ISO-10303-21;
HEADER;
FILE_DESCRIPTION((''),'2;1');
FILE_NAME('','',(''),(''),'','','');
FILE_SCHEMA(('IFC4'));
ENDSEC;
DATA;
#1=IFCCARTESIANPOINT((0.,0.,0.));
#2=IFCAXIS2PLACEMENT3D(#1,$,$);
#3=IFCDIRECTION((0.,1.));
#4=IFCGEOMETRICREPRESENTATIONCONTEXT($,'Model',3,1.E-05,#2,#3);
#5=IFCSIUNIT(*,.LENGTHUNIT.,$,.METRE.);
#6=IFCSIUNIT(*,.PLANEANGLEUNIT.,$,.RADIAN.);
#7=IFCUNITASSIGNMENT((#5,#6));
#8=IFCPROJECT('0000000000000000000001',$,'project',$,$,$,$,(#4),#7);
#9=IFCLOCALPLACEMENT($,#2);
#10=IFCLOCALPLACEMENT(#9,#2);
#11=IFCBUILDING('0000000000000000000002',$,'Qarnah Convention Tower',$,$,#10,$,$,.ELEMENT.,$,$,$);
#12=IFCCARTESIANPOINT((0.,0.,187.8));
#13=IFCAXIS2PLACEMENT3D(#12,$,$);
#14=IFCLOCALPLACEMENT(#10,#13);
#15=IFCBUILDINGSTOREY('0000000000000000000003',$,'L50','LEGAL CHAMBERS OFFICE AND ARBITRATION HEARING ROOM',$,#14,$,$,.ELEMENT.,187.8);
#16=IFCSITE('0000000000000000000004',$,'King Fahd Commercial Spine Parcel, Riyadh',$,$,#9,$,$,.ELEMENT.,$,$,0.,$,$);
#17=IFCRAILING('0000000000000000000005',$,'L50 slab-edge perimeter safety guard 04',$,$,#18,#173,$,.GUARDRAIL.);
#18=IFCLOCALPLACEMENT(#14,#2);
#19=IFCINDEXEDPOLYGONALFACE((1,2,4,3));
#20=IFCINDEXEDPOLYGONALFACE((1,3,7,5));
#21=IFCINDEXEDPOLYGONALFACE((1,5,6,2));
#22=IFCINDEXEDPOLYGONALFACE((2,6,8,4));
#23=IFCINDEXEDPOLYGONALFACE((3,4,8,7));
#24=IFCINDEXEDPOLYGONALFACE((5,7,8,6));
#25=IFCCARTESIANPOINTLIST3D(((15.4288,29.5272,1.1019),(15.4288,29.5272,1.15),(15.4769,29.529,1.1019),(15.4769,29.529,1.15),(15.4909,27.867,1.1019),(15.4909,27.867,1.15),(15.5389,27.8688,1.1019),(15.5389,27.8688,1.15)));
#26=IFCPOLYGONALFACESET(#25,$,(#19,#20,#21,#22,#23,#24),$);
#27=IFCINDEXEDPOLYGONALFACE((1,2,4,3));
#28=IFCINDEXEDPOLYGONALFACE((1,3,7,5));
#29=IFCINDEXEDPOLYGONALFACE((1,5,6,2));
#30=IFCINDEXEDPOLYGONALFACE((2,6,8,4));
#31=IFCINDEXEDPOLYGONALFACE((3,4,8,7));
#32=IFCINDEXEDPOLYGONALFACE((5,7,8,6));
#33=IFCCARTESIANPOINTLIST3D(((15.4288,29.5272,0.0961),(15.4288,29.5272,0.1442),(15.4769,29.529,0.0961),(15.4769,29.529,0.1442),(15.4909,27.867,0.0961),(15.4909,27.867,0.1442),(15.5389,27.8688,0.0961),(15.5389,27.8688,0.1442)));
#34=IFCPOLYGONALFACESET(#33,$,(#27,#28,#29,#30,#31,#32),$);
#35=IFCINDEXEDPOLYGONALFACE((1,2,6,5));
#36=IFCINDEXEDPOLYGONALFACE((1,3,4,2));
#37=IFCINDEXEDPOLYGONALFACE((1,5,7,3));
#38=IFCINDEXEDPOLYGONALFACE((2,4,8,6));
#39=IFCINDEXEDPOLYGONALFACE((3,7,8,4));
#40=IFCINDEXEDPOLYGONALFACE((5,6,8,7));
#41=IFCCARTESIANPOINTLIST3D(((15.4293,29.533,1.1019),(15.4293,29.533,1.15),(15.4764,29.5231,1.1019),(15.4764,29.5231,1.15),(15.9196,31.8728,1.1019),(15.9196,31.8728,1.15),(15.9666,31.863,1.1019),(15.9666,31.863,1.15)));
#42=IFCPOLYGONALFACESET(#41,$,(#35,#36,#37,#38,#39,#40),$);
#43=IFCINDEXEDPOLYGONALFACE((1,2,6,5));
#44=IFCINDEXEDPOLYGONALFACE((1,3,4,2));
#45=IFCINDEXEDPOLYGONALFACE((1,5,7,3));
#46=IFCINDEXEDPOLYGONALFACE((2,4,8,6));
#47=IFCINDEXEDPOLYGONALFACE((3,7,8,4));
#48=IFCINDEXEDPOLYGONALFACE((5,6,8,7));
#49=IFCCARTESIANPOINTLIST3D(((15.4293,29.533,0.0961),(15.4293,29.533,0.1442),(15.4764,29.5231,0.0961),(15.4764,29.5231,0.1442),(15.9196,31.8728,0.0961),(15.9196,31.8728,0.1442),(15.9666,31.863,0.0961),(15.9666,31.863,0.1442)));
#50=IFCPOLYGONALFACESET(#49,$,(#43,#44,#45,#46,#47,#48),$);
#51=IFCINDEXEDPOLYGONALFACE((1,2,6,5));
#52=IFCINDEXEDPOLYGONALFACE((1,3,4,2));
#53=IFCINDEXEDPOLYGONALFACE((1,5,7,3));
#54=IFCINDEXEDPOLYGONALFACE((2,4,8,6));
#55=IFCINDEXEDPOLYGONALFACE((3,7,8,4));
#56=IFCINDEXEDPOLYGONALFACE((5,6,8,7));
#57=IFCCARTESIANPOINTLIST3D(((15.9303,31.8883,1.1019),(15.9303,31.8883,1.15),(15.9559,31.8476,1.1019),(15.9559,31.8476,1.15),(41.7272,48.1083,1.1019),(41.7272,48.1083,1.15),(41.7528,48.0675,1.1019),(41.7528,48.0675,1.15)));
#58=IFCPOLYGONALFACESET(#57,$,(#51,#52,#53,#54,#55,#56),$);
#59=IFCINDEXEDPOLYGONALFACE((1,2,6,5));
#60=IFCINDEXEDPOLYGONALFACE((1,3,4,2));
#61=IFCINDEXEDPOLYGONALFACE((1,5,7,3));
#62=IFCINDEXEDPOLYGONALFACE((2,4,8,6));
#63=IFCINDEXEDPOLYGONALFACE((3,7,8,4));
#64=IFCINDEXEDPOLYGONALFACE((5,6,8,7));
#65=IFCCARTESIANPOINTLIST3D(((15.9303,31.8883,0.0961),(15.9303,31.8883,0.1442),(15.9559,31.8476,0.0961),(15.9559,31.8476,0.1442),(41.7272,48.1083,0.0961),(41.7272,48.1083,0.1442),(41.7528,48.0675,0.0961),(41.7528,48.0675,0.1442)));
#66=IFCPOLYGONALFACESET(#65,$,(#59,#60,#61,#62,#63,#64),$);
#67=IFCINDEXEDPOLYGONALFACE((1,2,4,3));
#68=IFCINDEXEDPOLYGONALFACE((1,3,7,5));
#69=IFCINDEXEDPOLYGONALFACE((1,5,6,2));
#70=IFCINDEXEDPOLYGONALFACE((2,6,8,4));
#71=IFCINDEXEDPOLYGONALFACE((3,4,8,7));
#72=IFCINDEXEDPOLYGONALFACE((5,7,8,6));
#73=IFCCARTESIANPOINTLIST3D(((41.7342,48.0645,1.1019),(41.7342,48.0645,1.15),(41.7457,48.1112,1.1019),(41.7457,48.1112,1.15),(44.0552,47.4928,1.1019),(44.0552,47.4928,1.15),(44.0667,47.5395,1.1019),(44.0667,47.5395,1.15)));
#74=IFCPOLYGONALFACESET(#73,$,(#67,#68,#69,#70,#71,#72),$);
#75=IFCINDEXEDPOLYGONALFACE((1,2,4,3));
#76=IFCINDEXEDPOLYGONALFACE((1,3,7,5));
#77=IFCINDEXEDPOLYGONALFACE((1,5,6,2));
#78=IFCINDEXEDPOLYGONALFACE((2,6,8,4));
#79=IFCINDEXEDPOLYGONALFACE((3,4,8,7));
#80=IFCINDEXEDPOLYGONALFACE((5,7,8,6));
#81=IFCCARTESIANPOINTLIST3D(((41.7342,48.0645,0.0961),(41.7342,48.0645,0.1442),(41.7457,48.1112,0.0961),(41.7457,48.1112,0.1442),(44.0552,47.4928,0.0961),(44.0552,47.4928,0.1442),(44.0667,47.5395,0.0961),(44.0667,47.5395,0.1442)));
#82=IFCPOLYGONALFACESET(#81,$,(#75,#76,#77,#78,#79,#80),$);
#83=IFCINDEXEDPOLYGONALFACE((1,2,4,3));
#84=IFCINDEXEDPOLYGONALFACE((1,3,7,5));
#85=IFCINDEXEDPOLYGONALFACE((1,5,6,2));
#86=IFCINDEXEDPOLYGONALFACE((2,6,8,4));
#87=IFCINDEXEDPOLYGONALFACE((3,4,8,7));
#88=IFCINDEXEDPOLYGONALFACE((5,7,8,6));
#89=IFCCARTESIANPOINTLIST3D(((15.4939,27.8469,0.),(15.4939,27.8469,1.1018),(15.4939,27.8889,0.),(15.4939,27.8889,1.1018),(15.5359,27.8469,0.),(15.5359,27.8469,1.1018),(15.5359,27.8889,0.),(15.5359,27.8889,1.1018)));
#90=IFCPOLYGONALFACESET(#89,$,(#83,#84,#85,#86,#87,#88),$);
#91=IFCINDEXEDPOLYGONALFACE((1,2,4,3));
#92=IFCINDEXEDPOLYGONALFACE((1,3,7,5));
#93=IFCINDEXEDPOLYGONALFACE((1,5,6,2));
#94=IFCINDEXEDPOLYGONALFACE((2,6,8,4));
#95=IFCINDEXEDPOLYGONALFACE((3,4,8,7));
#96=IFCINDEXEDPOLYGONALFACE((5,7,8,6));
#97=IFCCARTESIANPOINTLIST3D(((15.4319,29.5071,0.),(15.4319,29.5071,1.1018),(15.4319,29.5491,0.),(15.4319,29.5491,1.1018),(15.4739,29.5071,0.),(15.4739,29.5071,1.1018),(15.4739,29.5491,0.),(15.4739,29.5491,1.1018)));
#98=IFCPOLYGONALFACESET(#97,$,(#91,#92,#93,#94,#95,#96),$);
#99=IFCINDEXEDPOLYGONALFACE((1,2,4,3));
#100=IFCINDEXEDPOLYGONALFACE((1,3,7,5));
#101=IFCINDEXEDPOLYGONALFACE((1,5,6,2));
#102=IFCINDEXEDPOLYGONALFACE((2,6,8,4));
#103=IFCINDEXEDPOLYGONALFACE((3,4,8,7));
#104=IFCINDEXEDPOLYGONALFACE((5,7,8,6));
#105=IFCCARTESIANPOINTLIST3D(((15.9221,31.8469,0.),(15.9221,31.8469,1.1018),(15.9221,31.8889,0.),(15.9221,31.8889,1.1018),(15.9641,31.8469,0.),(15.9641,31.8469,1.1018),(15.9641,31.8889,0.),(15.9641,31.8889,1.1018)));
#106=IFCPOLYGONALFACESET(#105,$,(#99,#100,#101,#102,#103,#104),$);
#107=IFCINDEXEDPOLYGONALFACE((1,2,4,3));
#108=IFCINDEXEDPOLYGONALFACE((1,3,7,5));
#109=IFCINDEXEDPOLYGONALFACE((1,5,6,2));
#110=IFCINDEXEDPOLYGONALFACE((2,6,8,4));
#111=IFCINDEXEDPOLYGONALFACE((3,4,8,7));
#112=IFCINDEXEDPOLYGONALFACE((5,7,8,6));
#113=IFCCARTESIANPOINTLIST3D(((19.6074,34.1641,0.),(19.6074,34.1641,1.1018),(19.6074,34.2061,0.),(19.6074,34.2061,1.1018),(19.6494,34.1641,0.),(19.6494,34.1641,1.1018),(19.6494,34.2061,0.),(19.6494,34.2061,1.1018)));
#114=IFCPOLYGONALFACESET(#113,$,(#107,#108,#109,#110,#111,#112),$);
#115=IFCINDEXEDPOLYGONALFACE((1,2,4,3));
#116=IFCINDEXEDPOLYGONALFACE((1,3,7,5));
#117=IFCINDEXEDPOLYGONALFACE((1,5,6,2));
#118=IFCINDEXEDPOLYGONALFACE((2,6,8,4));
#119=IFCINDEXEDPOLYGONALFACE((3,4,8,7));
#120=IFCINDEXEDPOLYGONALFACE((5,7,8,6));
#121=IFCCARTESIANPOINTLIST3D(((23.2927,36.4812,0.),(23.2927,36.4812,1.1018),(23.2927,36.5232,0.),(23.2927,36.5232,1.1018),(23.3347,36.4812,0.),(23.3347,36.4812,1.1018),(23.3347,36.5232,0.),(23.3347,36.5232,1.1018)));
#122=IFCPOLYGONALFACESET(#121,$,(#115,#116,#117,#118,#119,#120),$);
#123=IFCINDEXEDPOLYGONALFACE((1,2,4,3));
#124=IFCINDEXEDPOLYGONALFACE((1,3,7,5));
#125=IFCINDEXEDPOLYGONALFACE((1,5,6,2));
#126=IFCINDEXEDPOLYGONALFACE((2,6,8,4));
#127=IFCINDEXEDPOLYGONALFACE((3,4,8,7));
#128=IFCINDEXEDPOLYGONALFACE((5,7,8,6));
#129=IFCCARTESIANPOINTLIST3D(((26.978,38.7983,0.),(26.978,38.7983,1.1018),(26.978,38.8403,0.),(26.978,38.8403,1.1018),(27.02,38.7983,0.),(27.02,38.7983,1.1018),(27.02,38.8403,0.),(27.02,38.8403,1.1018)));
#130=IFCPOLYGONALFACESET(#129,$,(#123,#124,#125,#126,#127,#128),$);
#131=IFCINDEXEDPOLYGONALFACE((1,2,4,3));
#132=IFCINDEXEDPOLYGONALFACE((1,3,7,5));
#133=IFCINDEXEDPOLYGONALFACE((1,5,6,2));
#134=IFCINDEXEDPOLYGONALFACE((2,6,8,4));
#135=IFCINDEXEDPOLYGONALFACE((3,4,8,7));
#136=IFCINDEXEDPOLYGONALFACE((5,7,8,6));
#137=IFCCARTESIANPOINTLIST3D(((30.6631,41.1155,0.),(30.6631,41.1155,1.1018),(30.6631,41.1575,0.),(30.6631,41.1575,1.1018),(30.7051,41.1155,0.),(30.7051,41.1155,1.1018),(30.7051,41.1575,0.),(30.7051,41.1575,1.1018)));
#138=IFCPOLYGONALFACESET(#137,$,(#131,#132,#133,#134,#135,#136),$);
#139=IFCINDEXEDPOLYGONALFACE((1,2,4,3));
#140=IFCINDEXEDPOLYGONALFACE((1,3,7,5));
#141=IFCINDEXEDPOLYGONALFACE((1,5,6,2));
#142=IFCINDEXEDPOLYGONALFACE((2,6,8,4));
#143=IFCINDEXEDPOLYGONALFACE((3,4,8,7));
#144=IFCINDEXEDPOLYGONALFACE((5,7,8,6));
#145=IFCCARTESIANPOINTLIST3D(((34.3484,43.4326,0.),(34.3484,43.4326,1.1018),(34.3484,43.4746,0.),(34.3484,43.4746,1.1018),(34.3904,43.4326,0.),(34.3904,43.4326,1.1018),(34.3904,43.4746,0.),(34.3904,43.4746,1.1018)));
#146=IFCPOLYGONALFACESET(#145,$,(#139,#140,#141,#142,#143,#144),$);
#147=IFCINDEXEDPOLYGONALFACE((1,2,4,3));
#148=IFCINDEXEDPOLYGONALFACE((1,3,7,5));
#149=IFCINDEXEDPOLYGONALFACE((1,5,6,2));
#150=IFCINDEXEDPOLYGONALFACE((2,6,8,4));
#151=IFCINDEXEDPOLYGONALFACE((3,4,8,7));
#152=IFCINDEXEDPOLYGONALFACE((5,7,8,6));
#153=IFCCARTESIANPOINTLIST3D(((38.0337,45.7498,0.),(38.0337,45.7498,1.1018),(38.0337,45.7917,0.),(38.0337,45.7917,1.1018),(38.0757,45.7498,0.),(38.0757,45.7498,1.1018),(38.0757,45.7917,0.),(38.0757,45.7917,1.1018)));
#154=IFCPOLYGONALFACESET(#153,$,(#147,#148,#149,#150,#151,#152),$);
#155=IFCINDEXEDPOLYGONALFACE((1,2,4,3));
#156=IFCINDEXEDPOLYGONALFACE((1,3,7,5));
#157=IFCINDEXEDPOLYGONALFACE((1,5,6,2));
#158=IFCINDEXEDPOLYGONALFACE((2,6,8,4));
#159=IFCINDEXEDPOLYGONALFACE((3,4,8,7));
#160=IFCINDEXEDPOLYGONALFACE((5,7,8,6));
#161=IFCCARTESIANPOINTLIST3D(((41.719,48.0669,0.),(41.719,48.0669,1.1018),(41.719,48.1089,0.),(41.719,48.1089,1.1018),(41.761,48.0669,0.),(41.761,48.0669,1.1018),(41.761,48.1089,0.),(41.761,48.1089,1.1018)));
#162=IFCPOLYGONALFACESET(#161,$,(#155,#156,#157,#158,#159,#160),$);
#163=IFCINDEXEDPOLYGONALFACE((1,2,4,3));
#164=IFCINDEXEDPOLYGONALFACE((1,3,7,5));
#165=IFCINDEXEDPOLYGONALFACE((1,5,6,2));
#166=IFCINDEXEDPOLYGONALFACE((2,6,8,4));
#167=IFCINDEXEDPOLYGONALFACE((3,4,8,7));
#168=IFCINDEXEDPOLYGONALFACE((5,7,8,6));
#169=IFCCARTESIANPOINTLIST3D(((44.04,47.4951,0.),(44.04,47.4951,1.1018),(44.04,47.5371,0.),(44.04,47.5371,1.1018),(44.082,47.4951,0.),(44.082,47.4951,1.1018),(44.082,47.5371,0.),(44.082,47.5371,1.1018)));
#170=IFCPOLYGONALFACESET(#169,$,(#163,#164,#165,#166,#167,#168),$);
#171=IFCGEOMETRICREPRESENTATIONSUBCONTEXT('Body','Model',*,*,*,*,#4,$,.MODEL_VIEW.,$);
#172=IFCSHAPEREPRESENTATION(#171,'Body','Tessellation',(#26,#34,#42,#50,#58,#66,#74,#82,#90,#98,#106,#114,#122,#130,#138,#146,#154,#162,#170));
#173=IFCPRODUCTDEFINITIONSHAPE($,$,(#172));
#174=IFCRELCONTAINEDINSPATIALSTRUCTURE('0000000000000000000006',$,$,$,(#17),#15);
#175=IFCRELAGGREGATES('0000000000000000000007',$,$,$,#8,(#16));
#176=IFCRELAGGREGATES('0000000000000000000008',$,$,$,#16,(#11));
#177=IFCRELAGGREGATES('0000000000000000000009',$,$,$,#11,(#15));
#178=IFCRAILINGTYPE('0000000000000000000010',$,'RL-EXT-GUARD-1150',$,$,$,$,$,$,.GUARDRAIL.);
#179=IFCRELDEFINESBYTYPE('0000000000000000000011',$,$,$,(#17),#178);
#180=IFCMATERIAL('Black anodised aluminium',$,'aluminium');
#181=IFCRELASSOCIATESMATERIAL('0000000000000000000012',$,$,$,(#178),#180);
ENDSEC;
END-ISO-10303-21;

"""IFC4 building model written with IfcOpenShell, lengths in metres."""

from ifc_helpers import new_model, si_unit, direction, frame, origin, origin_2d, place, context, subcontext, project, spatial, rectangle, extrude, material, type_object, element, save


model = new_model("IFC4")

# Units and contexts
model_context = context("Model", 3, precision=1e-05, world=origin(), true_north=direction((0.0, 1.0)))
body_context = subcontext(model_context, "Body", "Model", "MODEL_VIEW")
ifc_project = project(units=[si_unit("LENGTHUNIT", "METRE"), si_unit("PLANEANGLEUNIT", "RADIAN")], contexts=[model_context])

# Site, building, storey
site_placement = place(None, origin())
site = spatial("IfcSite", under=ifc_project, at=site_placement, Name="King Fahd Commercial Spine Parcel, Riyadh", CompositionType="ELEMENT", RefElevation=0.0)
building_placement = place(site_placement, origin())
building = spatial("IfcBuilding", under=site, at=building_placement, Name="Qarnah Convention Tower", CompositionType="ELEMENT")
storey_placement = place(building_placement, frame((0.0, 0.0, 187.8)))
storey = spatial("IfcBuildingStorey", under=building, at=storey_placement, Name="L50", Description="LEGAL CHAMBERS OFFICE AND ARBITRATION HEARING ROOM", CompositionType="ELEMENT", Elevation=187.8)

# Shared definitions
ifc_material_1 = material(Name="Black anodised aluminium", Category="aluminium")

# Railing
railing_type = type_object("IfcRailingType", Name="RL-EXT-GUARD-1150", PredefinedType="GUARDRAIL", material=ifc_material_1)
railing_placement = place(storey_placement, frame((15.5149, 27.8679, 0.0)))
element("IfcRailing", 1, at=railing_placement, inside=storey, type_object=railing_type, Name="L50 slab-edge perimeter safety guard 04", PredefinedType="GUARDRAIL", context=body_context, shape_type="SweptSolid", body=[
    extrude(rectangle(XDim=0.0481, YDim=0.0481, at=origin_2d()), frame((0.0, 0.0, 1.126), z_axis=(-0.037327, 0.999303, 0.0), x_axis=(-0.999303, -0.037327, 0.0)), (0.0, 0.0, 1.0), 1.6614),
    extrude(rectangle(XDim=0.0481, YDim=0.0481, at=origin_2d()), frame((0.0, 0.0, 0.1201), z_axis=(-0.037327, 0.999303, 0.0), x_axis=(-0.999303, -0.037327, 0.0)), (0.0, 0.0, 1.0), 1.6614),
    extrude(rectangle(XDim=0.0481, YDim=0.0481, at=origin_2d()), frame((-0.062, 1.6602, 1.126), z_axis=(0.205063, 0.978749, 0.0), x_axis=(-0.978749, 0.205063, 0.0)), (0.0, 0.0, 1.0), 2.3906),
    extrude(rectangle(XDim=0.0481, YDim=0.0481, at=origin_2d()), frame((-0.062, 1.6602, 0.1201), z_axis=(0.205063, 0.978749, 0.0), x_axis=(-0.978749, 0.205063, 0.0)), (0.0, 0.0, 1.0), 2.3906),
    extrude(rectangle(XDim=0.0481, YDim=0.0481, at=origin_2d()), frame((0.4282, 4.0, 1.126), z_axis=(0.846566, 0.532284, 0.0), x_axis=(-0.532284, 0.846566, 0.0)), (0.0, 0.0, 1.0), 30.4724),
    extrude(rectangle(XDim=0.0481, YDim=0.0481, at=origin_2d()), frame((0.4282, 4.0, 0.1201), z_axis=(0.846566, 0.532284, 0.0), x_axis=(-0.532284, 0.846566, 0.0)), (0.0, 0.0, 1.0), 30.4724),
    extrude(rectangle(XDim=0.0481, YDim=0.0481, at=origin_2d()), frame((26.2251, 20.22, 1.126), z_axis=(0.970972, -0.239194, 0.0), x_axis=(0.239194, 0.970972, 0.0)), (0.0, 0.0, 1.0), 2.3904),
    extrude(rectangle(XDim=0.0481, YDim=0.0481, at=origin_2d()), frame((26.2251, 20.22, 0.1201), z_axis=(0.970972, -0.239194, 0.0), x_axis=(0.239194, 0.970972, 0.0)), (0.0, 0.0, 1.0), 2.3904),
    extrude(rectangle(XDim=0.042, YDim=0.042, at=origin_2d()), origin(), (0.0, 0.0, 1.0), 1.1018),
    extrude(rectangle(XDim=0.042, YDim=0.042, at=origin_2d()), frame((-0.062, 1.6602, 0.0)), (0.0, 0.0, 1.0), 1.1018),
    extrude(rectangle(XDim=0.042, YDim=0.042, at=origin_2d()), frame((0.4282, 4.0, 0.0)), (0.0, 0.0, 1.0), 1.1018),
    extrude(rectangle(XDim=0.042, YDim=0.042, at=origin_2d()), frame((4.1135, 6.3171, 0.0)), (0.0, 0.0, 1.0), 1.1018),
    extrude(rectangle(XDim=0.042, YDim=0.042, at=origin_2d()), frame((7.7988, 8.6343, 0.0)), (0.0, 0.0, 1.0), 1.1018),
    extrude(rectangle(XDim=0.042, YDim=0.042, at=origin_2d()), frame((11.4841, 10.9514, 0.0)), (0.0, 0.0, 1.0), 1.1018),
    extrude(rectangle(XDim=0.042, YDim=0.042, at=origin_2d()), frame((15.1692, 13.2686, 0.0)), (0.0, 0.0, 1.0), 1.1018),
    extrude(rectangle(XDim=0.042, YDim=0.042, at=origin_2d()), frame((18.8545, 15.5857, 0.0)), (0.0, 0.0, 1.0), 1.1018),
    extrude(rectangle(XDim=0.042, YDim=0.042, at=origin_2d()), frame((22.5398, 17.9028, 0.0)), (0.0, 0.0, 1.0), 1.1018),
    extrude(rectangle(XDim=0.042, YDim=0.042, at=origin_2d()), frame((26.2251, 20.22, 0.0)), (0.0, 0.0, 1.0), 1.1018),
    extrude(rectangle(XDim=0.042, YDim=0.042, at=origin_2d()), frame((28.5461, 19.6482, 0.0)), (0.0, 0.0, 1.0), 1.1018),
])

save(model, "model.ifc")
